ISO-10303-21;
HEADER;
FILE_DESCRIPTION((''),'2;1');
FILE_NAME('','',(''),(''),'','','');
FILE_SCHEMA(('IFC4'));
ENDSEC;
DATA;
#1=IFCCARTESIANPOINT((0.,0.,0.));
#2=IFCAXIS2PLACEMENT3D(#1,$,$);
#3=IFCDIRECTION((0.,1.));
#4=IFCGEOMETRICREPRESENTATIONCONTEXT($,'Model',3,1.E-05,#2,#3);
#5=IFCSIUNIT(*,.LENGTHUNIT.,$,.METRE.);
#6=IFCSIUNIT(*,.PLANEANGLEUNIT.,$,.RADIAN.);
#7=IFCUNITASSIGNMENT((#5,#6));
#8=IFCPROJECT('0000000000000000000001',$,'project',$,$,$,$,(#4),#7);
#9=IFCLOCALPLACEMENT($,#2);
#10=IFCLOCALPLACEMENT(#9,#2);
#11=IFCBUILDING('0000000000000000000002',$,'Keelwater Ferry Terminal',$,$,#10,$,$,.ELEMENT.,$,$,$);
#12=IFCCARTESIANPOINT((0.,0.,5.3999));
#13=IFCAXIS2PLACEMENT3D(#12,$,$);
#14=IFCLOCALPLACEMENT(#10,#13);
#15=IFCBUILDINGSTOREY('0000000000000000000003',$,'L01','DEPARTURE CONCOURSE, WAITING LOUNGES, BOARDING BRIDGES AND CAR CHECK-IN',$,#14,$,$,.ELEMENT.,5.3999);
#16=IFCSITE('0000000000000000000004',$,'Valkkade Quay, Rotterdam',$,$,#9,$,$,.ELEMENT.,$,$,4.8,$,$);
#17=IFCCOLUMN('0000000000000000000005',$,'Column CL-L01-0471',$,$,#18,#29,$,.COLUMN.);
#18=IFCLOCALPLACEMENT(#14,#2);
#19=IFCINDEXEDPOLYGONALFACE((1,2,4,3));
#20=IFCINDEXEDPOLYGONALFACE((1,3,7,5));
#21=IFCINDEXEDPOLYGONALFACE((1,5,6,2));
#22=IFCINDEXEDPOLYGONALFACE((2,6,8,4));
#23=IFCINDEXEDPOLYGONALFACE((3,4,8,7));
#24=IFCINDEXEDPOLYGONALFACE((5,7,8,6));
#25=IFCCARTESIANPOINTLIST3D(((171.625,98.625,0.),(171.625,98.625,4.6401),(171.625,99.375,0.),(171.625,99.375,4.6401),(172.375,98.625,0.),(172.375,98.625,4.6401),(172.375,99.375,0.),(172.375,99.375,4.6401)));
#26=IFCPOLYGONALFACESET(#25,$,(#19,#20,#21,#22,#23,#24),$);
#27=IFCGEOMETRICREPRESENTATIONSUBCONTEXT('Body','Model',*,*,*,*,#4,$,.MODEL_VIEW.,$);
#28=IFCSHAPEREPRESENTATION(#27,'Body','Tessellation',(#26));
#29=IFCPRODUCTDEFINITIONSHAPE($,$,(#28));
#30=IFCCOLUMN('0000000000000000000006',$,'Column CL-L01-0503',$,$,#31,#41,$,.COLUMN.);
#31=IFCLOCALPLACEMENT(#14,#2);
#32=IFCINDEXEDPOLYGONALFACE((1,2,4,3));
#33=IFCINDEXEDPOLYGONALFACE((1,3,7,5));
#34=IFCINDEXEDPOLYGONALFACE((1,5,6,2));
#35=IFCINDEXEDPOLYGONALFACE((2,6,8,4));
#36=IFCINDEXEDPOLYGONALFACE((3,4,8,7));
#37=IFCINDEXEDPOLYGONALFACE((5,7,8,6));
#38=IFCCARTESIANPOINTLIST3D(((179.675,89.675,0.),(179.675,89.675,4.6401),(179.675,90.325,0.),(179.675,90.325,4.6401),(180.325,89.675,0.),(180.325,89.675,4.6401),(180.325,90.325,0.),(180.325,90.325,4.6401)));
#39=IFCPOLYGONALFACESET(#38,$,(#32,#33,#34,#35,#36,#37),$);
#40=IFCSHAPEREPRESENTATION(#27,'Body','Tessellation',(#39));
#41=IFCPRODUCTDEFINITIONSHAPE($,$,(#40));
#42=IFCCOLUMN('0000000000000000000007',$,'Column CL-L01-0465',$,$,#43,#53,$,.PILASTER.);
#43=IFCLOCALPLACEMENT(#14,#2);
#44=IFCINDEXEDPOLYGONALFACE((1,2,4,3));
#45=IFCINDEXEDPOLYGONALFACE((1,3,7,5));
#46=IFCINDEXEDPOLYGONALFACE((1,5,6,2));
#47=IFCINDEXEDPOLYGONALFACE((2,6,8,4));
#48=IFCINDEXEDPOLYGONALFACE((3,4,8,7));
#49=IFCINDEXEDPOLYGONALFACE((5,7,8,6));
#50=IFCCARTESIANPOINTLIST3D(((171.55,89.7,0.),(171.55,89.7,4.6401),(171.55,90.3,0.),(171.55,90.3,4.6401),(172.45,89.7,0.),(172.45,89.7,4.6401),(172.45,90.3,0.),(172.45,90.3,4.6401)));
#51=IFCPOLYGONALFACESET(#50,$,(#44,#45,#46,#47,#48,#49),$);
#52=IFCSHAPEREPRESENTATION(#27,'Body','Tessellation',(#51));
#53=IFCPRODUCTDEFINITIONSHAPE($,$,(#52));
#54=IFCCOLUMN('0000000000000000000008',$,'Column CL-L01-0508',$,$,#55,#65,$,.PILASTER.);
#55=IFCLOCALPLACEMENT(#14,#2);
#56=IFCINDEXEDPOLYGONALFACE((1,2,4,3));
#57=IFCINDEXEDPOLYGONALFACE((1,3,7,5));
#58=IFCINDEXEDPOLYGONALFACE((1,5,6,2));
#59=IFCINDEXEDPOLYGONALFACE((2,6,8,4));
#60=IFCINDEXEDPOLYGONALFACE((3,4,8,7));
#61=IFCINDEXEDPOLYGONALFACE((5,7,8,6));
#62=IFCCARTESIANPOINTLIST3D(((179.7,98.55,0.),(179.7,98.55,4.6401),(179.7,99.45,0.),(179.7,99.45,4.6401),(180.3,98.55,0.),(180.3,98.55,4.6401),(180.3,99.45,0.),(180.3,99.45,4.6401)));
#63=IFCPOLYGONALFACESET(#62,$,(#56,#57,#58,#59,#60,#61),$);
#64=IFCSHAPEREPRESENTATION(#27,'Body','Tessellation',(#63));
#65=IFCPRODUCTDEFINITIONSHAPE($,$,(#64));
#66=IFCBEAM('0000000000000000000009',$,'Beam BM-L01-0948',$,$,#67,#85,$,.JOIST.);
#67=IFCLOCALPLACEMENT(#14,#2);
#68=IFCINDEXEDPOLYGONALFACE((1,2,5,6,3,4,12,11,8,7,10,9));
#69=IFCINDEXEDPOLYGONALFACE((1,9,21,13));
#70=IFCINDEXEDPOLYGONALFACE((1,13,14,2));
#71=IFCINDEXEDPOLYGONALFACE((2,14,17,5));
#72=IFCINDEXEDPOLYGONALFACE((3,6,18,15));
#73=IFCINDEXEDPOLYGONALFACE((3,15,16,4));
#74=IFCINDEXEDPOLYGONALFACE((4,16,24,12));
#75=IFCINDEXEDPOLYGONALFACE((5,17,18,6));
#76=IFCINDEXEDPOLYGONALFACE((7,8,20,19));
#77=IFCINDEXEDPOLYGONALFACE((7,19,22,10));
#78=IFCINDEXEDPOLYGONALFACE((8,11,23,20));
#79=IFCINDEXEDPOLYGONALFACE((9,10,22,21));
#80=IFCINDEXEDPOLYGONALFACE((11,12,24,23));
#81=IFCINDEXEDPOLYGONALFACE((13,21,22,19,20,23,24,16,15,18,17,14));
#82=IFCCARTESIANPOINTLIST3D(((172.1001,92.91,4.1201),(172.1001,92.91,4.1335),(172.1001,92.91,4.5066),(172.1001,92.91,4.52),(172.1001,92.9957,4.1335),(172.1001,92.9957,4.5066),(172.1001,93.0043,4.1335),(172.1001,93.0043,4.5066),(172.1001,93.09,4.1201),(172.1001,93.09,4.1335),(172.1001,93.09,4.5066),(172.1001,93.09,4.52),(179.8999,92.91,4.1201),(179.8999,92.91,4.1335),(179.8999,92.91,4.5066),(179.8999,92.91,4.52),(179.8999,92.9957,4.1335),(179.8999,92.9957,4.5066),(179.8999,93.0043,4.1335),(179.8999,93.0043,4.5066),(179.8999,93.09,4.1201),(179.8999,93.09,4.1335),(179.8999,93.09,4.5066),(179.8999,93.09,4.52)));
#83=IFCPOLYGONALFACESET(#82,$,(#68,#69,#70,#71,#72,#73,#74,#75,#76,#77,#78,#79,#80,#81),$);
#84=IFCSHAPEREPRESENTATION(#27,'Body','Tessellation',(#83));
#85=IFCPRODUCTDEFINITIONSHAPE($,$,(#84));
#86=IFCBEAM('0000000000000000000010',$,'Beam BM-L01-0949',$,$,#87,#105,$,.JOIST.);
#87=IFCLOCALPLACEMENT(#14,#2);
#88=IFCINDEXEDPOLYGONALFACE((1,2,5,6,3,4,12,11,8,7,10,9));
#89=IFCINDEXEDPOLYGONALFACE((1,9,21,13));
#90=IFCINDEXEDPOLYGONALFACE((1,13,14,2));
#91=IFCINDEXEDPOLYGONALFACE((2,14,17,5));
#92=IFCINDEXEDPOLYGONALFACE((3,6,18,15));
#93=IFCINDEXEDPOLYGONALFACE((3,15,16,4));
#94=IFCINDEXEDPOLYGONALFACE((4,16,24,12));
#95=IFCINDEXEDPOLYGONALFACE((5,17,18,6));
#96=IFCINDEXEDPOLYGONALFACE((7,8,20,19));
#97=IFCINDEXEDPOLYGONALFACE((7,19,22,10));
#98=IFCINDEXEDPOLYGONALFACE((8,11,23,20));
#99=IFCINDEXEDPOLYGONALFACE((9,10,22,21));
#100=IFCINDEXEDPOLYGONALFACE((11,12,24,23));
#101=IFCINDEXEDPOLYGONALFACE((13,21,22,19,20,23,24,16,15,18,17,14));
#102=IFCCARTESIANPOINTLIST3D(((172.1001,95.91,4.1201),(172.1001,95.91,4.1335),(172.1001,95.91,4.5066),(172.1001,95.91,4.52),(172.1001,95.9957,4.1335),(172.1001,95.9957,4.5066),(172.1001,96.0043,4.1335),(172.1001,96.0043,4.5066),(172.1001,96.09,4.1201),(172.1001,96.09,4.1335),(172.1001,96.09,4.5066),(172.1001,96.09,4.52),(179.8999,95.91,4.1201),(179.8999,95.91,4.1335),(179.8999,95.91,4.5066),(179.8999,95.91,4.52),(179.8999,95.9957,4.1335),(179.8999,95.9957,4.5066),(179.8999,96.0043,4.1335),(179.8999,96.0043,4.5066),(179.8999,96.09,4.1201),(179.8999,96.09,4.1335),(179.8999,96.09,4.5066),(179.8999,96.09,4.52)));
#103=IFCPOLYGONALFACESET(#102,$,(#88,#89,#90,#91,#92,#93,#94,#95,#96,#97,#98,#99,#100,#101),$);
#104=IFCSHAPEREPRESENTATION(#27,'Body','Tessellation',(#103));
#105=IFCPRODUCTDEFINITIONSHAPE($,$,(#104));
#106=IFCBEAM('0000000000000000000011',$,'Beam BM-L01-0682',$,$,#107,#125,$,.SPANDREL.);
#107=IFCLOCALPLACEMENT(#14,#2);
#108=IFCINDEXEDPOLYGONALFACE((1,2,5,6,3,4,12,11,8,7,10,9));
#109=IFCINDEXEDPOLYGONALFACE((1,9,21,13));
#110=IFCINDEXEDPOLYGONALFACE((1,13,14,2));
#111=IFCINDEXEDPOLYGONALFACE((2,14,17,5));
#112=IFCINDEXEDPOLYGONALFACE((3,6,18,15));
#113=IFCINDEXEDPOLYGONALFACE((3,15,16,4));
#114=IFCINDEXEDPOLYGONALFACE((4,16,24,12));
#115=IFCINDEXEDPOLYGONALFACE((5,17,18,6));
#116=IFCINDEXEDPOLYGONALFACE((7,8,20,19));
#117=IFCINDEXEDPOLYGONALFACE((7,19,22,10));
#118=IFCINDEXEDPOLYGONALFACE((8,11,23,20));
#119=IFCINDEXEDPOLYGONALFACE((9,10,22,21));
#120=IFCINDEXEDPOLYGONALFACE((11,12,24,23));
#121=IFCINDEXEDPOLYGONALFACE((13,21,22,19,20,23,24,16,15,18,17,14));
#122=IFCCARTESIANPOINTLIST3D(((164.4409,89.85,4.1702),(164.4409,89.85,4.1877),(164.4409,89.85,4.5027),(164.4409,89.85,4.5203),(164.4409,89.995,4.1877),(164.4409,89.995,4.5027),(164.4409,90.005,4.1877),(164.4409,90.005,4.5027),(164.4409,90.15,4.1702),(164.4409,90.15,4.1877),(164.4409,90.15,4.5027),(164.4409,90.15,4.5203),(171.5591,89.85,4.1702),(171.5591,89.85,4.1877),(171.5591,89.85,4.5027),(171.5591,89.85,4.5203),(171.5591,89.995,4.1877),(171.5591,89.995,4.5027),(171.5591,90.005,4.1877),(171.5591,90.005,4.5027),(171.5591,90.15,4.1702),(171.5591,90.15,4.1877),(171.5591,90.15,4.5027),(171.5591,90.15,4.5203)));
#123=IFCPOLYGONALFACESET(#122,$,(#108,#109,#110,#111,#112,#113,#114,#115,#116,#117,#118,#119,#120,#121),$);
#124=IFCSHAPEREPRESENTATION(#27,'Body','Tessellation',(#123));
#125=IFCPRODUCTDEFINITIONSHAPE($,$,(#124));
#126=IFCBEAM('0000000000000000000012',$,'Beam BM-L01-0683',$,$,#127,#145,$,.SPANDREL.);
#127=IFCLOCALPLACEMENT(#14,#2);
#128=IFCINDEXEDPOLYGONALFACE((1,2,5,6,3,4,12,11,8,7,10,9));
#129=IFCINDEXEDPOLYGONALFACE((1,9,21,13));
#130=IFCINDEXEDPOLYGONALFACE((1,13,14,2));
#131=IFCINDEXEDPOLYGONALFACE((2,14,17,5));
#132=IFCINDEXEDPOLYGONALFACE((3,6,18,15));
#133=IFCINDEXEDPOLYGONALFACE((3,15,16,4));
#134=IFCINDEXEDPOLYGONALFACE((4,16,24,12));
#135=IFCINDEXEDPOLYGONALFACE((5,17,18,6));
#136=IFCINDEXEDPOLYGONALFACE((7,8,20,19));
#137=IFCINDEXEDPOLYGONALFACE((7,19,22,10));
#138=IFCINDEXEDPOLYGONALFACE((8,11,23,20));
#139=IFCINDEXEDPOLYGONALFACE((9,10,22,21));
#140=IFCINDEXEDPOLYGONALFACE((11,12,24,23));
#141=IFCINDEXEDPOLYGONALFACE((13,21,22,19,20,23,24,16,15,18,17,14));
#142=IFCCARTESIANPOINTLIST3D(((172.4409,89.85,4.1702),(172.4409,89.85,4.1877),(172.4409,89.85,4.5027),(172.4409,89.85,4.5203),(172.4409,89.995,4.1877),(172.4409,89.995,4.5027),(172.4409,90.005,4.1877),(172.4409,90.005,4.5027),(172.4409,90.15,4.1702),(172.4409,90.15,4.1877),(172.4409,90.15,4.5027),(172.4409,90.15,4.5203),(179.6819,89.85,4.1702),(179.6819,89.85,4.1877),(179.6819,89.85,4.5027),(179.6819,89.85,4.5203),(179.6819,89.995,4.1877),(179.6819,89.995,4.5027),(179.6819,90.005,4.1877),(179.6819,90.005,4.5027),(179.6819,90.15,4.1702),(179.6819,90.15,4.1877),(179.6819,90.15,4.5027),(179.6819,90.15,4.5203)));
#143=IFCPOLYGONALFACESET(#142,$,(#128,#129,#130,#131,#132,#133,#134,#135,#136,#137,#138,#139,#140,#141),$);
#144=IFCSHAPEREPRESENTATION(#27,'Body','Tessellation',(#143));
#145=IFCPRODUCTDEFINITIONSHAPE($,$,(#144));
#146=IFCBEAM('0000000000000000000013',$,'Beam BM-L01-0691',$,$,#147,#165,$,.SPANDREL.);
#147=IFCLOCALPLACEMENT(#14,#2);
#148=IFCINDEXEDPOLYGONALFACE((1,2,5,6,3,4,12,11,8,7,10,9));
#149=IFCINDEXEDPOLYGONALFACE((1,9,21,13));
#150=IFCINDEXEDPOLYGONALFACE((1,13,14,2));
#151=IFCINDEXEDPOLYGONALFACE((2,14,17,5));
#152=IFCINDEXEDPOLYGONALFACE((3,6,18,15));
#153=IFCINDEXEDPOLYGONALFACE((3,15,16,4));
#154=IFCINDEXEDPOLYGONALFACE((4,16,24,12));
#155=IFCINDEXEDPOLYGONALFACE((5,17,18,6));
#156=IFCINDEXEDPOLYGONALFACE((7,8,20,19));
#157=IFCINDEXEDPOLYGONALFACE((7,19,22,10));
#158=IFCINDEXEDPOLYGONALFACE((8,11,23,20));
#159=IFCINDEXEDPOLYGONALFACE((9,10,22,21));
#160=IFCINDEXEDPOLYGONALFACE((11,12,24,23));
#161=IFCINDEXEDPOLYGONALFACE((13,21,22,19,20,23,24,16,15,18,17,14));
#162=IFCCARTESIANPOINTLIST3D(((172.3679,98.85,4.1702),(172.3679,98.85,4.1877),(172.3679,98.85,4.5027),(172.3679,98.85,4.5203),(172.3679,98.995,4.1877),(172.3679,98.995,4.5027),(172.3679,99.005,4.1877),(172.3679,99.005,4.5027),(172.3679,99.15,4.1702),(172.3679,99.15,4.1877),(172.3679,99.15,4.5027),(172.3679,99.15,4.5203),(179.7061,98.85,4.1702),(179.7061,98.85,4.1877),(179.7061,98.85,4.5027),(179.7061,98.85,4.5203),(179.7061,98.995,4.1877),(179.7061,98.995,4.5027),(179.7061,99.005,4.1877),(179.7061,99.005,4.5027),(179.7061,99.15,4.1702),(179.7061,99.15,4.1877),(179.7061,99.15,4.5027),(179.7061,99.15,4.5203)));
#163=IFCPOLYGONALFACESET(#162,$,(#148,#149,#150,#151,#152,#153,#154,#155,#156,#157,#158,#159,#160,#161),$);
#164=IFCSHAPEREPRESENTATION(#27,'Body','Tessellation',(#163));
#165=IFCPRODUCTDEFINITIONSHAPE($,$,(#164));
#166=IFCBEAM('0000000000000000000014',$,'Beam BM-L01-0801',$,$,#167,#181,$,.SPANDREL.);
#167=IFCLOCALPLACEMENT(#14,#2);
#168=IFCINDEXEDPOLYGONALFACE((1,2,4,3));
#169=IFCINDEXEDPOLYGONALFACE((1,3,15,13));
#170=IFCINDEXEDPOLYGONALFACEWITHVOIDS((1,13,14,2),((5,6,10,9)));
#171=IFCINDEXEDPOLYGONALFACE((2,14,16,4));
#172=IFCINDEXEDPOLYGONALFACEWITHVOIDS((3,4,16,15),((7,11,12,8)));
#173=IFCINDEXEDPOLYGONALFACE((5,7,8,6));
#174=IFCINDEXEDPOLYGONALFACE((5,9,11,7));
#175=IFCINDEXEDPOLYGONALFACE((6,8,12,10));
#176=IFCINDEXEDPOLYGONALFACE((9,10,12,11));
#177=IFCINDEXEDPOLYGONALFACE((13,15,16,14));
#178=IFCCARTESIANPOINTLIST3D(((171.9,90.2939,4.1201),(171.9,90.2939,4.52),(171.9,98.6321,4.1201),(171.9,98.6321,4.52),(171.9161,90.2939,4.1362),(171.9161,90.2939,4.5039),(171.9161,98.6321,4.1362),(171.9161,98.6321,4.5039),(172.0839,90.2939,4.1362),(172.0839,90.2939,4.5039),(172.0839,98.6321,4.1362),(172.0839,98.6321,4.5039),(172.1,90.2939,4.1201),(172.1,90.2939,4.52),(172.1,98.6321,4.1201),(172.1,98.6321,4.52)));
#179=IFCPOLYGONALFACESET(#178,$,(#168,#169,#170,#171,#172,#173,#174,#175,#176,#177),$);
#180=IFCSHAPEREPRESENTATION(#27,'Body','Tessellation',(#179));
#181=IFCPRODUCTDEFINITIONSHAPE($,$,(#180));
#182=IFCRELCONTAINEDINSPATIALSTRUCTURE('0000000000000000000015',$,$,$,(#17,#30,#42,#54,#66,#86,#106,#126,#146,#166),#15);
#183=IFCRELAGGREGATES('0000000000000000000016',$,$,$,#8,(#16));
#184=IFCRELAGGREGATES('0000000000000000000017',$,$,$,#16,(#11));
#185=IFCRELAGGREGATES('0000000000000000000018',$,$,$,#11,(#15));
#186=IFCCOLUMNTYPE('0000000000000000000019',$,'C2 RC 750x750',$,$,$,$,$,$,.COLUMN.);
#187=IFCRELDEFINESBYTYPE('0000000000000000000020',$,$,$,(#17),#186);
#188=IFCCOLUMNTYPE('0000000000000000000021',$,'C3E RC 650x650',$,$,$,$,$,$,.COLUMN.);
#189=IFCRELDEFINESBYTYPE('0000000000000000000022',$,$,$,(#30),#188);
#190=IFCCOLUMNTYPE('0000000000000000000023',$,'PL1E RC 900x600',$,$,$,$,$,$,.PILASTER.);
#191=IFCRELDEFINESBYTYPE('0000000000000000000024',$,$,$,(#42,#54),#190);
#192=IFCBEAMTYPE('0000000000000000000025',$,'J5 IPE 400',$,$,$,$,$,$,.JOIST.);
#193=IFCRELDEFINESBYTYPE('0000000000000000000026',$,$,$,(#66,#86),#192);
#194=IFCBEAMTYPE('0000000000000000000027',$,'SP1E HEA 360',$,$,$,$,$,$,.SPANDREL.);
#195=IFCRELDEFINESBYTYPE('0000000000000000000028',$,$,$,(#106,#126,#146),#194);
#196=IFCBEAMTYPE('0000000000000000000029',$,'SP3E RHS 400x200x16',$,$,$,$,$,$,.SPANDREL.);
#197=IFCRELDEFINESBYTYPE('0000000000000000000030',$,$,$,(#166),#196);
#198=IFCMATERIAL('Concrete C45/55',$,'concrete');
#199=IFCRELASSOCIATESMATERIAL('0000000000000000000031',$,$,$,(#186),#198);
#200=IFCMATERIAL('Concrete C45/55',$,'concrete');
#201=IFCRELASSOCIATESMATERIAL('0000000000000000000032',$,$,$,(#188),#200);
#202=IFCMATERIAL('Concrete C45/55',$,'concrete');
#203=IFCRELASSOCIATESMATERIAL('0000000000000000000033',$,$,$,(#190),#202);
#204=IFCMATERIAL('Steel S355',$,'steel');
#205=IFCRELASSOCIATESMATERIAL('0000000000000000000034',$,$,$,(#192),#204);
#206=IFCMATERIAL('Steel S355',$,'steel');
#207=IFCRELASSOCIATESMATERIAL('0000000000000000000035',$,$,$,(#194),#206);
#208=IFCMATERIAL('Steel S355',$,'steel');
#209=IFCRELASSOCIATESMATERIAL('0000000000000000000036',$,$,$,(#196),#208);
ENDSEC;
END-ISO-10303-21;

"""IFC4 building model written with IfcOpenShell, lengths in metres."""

from ifc_helpers import new_model, si_unit, direction, frame, origin, origin_2d, place, context, subcontext, project, spatial, rectangle, hollow_rectangle, i_section, extrude, material, material_profile, profile_set, type_object, element, save


model = new_model("IFC4")

# Units and contexts
model_context = context("Model", 3, precision=1e-05, world=origin(), true_north=direction((0.0, 1.0)))
body_context = subcontext(model_context, "Body", "Model", "MODEL_VIEW")
ifc_project = project(units=[si_unit("LENGTHUNIT", "METRE"), si_unit("PLANEANGLEUNIT", "RADIAN")], contexts=[model_context])

# Site, building, storey
site_placement = place(None, origin())
site = spatial("IfcSite", under=ifc_project, at=site_placement, Name="Valkkade Quay, Rotterdam", CompositionType="ELEMENT", RefElevation=4.8)
building_placement = place(site_placement, origin())
building = spatial("IfcBuilding", under=site, at=building_placement, Name="Keelwater Ferry Terminal", CompositionType="ELEMENT")
storey_placement = place(building_placement, frame((0.0, 0.0, 5.3999)))
storey = spatial("IfcBuildingStorey", under=building, at=storey_placement, Name="L01", Description="DEPARTURE CONCOURSE, WAITING LOUNGES, BOARDING BRIDGES AND CAR CHECK-IN", CompositionType="ELEMENT", Elevation=5.3999)

# Columns
ifc_material_1 = material(Name="Concrete C45/55", Category="concrete")
ifc_material_profile_1 = material_profile(ifc_material_1, rectangle(XDim=0.75, YDim=0.75, at=origin_2d()), Name="RC 750x750")
ifc_profile_set_1 = profile_set([ifc_material_profile_1], Name="Concrete C45/55")
column_type_1 = type_object("IfcColumnType", Name="C2 RC 750x750", PredefinedType="COLUMN", material=ifc_profile_set_1)
column_1_placement = place(storey_placement, frame((172.0, 99.0, 0.0), z_axis=(0.0, 0.0, 1.0), x_axis=(1.0, 0.0, 0.0)))
element("IfcColumn", 1, at=column_1_placement, inside=storey, type_object=column_type_1, Name="Column CL-L01-0471", PredefinedType="COLUMN", context=body_context, shape_type="SweptSolid", body=[
    extrude(rectangle(XDim=0.75, YDim=0.75, at=origin_2d()), origin(), (0.0, 0.0, 1.0), 4.6401),
])
ifc_material_2 = material(Name="Concrete C45/55", Category="concrete")
ifc_material_profile_2 = material_profile(ifc_material_2, rectangle(XDim=0.6499, YDim=0.6499, at=origin_2d()), Name="RC 650x650")
ifc_profile_set_2 = profile_set([ifc_material_profile_2], Name="Concrete C45/55")
column_type_2 = type_object("IfcColumnType", Name="C3E RC 650x650", PredefinedType="COLUMN", material=ifc_profile_set_2)
column_2_placement = place(storey_placement, frame((180.0, 90.0, 0.0), z_axis=(0.0, 0.0, 1.0), x_axis=(1.0, 0.0, 0.0)))
element("IfcColumn", 2, at=column_2_placement, inside=storey, type_object=column_type_2, Name="Column CL-L01-0503", PredefinedType="COLUMN", context=body_context, shape_type="SweptSolid", body=[
    extrude(rectangle(XDim=0.6499, YDim=0.6499, at=origin_2d()), origin(), (0.0, 0.0, 1.0), 4.6401),
])
ifc_material_3 = material(Name="Concrete C45/55", Category="concrete")
ifc_material_profile_3 = material_profile(ifc_material_3, rectangle(XDim=0.6001, YDim=0.8999, at=origin_2d()), Name="RC 900x600")
ifc_profile_set_3 = profile_set([ifc_material_profile_3], Name="Concrete C45/55")
column_type_3 = type_object("IfcColumnType", Name="PL1E RC 900x600", PredefinedType="PILASTER", material=ifc_profile_set_3)
for number, where, z_axis, x_axis, name in (
    (3, (172.0, 90.0, 0.0), (0.0, 0.0, 1.0), (0.0, 1.0, 0.0), "Column CL-L01-0465"),
    (4, (180.0, 99.0, 0.0), (0.0, 0.0, 1.0), (1.0, 0.0, 0.0), "Column CL-L01-0508"),
):
    element("IfcColumn", number, at=place(storey_placement, frame(where, z_axis=z_axis, x_axis=x_axis)), inside=storey, type_object=column_type_3, Name=name, PredefinedType="PILASTER", context=body_context, shape_type="SweptSolid", body=[
        extrude(rectangle(XDim=0.6001, YDim=0.8999, at=origin_2d()), origin(), (0.0, 0.0, 1.0), 4.6401),
    ])

# Beams
ifc_material_4 = material(Name="Steel S355", Category="steel")
ifc_material_profile_4 = material_profile(ifc_material_4, i_section(OverallWidth=0.1799, OverallDepth=0.3999, WebThickness=0.0085, FlangeThickness=0.0134, at=origin_2d()), Name="IPE 400")
ifc_profile_set_4 = profile_set([ifc_material_profile_4], Name="Steel S355")
beam_type_1 = type_object("IfcBeamType", Name="J5 IPE 400", PredefinedType="JOIST", material=ifc_profile_set_4)
for number, where, z_axis, x_axis, name in (
    (5, (172.1001, 93.0, 4.3201), (1.0, 0.0, 0.0), (0.0, 1.0, 0.0), "Beam BM-L01-0948"),
    (6, (172.1001, 96.0, 4.3201), (1.0, 0.0, 0.0), (0.0, 1.0, 0.0), "Beam BM-L01-0949"),
):
    element("IfcBeam", number, at=place(storey_placement, frame(where, z_axis=z_axis, x_axis=x_axis)), inside=storey, type_object=beam_type_1, Name=name, PredefinedType="JOIST", context=body_context, shape_type="SweptSolid", body=[
        extrude(i_section(OverallWidth=0.1799, OverallDepth=0.3999, WebThickness=0.0085, FlangeThickness=0.0134, at=origin_2d()), origin(), (0.0, 0.0, 1.0), 7.7998),
    ])
ifc_material_5 = material(Name="Steel S355", Category="steel")
ifc_material_profile_5 = material_profile(ifc_material_5, i_section(OverallWidth=0.3, OverallDepth=0.3501, WebThickness=0.01, FlangeThickness=0.0176, at=origin_2d()), Name="HEA 360")
ifc_profile_set_5 = profile_set([ifc_material_profile_5], Name="Steel S355")
beam_type_2 = type_object("IfcBeamType", Name="SP1E HEA 360", PredefinedType="SPANDREL", material=ifc_profile_set_5)
beam_1_placement = place(storey_placement, frame((164.4409, 90.0, 4.3452), z_axis=(1.0, 0.0, 0.0), x_axis=(0.0, 1.0, 0.0)))
element("IfcBeam", 7, at=beam_1_placement, inside=storey, type_object=beam_type_2, Name="Beam BM-L01-0682", PredefinedType="SPANDREL", context=body_context, shape_type="SweptSolid", body=[
    extrude(i_section(OverallWidth=0.3, OverallDepth=0.3501, WebThickness=0.01, FlangeThickness=0.0176, at=origin_2d()), origin(), (0.0, 0.0, 1.0), 7.1182),
])
beam_2_placement = place(storey_placement, frame((172.4409, 90.0, 4.3452), z_axis=(1.0, 0.0, 0.0), x_axis=(0.0, 1.0, 0.0)))
element("IfcBeam", 8, at=beam_2_placement, inside=storey, type_object=beam_type_2, Name="Beam BM-L01-0683", PredefinedType="SPANDREL", context=body_context, shape_type="SweptSolid", body=[
    extrude(i_section(OverallWidth=0.3, OverallDepth=0.3501, WebThickness=0.01, FlangeThickness=0.0176, at=origin_2d()), origin(), (0.0, 0.0, 1.0), 7.241),
])
beam_3_placement = place(storey_placement, frame((172.3679, 99.0, 4.3452), z_axis=(1.0, 0.0, 0.0), x_axis=(0.0, 1.0, 0.0)))
element("IfcBeam", 9, at=beam_3_placement, inside=storey, type_object=beam_type_2, Name="Beam BM-L01-0691", PredefinedType="SPANDREL", context=body_context, shape_type="SweptSolid", body=[
    extrude(i_section(OverallWidth=0.3, OverallDepth=0.3501, WebThickness=0.01, FlangeThickness=0.0176, at=origin_2d()), origin(), (0.0, 0.0, 1.0), 7.3381),
])
ifc_material_6 = material(Name="Steel S355", Category="steel")
ifc_material_profile_6 = material_profile(ifc_material_6, hollow_rectangle(XDim=0.2, YDim=0.3999, WallThickness=0.0161, at=origin_2d()), Name="RHS 400x200x16")
ifc_profile_set_6 = profile_set([ifc_material_profile_6], Name="Steel S355")
beam_type_3 = type_object("IfcBeamType", Name="SP3E RHS 400x200x16", PredefinedType="SPANDREL", material=ifc_profile_set_6)
beam_4_placement = place(storey_placement, frame((172.0, 90.2939, 4.3201), z_axis=(0.0, 1.0, 0.0), x_axis=(-1.0, 0.0, 0.0)))
element("IfcBeam", 10, at=beam_4_placement, inside=storey, type_object=beam_type_3, Name="Beam BM-L01-0801", PredefinedType="SPANDREL", context=body_context, shape_type="SweptSolid", body=[
    extrude(hollow_rectangle(XDim=0.2, YDim=0.3999, WallThickness=0.0161, at=origin_2d()), origin(), (0.0, 0.0, 1.0), 8.3381),
])

save(model, "model.ifc")
